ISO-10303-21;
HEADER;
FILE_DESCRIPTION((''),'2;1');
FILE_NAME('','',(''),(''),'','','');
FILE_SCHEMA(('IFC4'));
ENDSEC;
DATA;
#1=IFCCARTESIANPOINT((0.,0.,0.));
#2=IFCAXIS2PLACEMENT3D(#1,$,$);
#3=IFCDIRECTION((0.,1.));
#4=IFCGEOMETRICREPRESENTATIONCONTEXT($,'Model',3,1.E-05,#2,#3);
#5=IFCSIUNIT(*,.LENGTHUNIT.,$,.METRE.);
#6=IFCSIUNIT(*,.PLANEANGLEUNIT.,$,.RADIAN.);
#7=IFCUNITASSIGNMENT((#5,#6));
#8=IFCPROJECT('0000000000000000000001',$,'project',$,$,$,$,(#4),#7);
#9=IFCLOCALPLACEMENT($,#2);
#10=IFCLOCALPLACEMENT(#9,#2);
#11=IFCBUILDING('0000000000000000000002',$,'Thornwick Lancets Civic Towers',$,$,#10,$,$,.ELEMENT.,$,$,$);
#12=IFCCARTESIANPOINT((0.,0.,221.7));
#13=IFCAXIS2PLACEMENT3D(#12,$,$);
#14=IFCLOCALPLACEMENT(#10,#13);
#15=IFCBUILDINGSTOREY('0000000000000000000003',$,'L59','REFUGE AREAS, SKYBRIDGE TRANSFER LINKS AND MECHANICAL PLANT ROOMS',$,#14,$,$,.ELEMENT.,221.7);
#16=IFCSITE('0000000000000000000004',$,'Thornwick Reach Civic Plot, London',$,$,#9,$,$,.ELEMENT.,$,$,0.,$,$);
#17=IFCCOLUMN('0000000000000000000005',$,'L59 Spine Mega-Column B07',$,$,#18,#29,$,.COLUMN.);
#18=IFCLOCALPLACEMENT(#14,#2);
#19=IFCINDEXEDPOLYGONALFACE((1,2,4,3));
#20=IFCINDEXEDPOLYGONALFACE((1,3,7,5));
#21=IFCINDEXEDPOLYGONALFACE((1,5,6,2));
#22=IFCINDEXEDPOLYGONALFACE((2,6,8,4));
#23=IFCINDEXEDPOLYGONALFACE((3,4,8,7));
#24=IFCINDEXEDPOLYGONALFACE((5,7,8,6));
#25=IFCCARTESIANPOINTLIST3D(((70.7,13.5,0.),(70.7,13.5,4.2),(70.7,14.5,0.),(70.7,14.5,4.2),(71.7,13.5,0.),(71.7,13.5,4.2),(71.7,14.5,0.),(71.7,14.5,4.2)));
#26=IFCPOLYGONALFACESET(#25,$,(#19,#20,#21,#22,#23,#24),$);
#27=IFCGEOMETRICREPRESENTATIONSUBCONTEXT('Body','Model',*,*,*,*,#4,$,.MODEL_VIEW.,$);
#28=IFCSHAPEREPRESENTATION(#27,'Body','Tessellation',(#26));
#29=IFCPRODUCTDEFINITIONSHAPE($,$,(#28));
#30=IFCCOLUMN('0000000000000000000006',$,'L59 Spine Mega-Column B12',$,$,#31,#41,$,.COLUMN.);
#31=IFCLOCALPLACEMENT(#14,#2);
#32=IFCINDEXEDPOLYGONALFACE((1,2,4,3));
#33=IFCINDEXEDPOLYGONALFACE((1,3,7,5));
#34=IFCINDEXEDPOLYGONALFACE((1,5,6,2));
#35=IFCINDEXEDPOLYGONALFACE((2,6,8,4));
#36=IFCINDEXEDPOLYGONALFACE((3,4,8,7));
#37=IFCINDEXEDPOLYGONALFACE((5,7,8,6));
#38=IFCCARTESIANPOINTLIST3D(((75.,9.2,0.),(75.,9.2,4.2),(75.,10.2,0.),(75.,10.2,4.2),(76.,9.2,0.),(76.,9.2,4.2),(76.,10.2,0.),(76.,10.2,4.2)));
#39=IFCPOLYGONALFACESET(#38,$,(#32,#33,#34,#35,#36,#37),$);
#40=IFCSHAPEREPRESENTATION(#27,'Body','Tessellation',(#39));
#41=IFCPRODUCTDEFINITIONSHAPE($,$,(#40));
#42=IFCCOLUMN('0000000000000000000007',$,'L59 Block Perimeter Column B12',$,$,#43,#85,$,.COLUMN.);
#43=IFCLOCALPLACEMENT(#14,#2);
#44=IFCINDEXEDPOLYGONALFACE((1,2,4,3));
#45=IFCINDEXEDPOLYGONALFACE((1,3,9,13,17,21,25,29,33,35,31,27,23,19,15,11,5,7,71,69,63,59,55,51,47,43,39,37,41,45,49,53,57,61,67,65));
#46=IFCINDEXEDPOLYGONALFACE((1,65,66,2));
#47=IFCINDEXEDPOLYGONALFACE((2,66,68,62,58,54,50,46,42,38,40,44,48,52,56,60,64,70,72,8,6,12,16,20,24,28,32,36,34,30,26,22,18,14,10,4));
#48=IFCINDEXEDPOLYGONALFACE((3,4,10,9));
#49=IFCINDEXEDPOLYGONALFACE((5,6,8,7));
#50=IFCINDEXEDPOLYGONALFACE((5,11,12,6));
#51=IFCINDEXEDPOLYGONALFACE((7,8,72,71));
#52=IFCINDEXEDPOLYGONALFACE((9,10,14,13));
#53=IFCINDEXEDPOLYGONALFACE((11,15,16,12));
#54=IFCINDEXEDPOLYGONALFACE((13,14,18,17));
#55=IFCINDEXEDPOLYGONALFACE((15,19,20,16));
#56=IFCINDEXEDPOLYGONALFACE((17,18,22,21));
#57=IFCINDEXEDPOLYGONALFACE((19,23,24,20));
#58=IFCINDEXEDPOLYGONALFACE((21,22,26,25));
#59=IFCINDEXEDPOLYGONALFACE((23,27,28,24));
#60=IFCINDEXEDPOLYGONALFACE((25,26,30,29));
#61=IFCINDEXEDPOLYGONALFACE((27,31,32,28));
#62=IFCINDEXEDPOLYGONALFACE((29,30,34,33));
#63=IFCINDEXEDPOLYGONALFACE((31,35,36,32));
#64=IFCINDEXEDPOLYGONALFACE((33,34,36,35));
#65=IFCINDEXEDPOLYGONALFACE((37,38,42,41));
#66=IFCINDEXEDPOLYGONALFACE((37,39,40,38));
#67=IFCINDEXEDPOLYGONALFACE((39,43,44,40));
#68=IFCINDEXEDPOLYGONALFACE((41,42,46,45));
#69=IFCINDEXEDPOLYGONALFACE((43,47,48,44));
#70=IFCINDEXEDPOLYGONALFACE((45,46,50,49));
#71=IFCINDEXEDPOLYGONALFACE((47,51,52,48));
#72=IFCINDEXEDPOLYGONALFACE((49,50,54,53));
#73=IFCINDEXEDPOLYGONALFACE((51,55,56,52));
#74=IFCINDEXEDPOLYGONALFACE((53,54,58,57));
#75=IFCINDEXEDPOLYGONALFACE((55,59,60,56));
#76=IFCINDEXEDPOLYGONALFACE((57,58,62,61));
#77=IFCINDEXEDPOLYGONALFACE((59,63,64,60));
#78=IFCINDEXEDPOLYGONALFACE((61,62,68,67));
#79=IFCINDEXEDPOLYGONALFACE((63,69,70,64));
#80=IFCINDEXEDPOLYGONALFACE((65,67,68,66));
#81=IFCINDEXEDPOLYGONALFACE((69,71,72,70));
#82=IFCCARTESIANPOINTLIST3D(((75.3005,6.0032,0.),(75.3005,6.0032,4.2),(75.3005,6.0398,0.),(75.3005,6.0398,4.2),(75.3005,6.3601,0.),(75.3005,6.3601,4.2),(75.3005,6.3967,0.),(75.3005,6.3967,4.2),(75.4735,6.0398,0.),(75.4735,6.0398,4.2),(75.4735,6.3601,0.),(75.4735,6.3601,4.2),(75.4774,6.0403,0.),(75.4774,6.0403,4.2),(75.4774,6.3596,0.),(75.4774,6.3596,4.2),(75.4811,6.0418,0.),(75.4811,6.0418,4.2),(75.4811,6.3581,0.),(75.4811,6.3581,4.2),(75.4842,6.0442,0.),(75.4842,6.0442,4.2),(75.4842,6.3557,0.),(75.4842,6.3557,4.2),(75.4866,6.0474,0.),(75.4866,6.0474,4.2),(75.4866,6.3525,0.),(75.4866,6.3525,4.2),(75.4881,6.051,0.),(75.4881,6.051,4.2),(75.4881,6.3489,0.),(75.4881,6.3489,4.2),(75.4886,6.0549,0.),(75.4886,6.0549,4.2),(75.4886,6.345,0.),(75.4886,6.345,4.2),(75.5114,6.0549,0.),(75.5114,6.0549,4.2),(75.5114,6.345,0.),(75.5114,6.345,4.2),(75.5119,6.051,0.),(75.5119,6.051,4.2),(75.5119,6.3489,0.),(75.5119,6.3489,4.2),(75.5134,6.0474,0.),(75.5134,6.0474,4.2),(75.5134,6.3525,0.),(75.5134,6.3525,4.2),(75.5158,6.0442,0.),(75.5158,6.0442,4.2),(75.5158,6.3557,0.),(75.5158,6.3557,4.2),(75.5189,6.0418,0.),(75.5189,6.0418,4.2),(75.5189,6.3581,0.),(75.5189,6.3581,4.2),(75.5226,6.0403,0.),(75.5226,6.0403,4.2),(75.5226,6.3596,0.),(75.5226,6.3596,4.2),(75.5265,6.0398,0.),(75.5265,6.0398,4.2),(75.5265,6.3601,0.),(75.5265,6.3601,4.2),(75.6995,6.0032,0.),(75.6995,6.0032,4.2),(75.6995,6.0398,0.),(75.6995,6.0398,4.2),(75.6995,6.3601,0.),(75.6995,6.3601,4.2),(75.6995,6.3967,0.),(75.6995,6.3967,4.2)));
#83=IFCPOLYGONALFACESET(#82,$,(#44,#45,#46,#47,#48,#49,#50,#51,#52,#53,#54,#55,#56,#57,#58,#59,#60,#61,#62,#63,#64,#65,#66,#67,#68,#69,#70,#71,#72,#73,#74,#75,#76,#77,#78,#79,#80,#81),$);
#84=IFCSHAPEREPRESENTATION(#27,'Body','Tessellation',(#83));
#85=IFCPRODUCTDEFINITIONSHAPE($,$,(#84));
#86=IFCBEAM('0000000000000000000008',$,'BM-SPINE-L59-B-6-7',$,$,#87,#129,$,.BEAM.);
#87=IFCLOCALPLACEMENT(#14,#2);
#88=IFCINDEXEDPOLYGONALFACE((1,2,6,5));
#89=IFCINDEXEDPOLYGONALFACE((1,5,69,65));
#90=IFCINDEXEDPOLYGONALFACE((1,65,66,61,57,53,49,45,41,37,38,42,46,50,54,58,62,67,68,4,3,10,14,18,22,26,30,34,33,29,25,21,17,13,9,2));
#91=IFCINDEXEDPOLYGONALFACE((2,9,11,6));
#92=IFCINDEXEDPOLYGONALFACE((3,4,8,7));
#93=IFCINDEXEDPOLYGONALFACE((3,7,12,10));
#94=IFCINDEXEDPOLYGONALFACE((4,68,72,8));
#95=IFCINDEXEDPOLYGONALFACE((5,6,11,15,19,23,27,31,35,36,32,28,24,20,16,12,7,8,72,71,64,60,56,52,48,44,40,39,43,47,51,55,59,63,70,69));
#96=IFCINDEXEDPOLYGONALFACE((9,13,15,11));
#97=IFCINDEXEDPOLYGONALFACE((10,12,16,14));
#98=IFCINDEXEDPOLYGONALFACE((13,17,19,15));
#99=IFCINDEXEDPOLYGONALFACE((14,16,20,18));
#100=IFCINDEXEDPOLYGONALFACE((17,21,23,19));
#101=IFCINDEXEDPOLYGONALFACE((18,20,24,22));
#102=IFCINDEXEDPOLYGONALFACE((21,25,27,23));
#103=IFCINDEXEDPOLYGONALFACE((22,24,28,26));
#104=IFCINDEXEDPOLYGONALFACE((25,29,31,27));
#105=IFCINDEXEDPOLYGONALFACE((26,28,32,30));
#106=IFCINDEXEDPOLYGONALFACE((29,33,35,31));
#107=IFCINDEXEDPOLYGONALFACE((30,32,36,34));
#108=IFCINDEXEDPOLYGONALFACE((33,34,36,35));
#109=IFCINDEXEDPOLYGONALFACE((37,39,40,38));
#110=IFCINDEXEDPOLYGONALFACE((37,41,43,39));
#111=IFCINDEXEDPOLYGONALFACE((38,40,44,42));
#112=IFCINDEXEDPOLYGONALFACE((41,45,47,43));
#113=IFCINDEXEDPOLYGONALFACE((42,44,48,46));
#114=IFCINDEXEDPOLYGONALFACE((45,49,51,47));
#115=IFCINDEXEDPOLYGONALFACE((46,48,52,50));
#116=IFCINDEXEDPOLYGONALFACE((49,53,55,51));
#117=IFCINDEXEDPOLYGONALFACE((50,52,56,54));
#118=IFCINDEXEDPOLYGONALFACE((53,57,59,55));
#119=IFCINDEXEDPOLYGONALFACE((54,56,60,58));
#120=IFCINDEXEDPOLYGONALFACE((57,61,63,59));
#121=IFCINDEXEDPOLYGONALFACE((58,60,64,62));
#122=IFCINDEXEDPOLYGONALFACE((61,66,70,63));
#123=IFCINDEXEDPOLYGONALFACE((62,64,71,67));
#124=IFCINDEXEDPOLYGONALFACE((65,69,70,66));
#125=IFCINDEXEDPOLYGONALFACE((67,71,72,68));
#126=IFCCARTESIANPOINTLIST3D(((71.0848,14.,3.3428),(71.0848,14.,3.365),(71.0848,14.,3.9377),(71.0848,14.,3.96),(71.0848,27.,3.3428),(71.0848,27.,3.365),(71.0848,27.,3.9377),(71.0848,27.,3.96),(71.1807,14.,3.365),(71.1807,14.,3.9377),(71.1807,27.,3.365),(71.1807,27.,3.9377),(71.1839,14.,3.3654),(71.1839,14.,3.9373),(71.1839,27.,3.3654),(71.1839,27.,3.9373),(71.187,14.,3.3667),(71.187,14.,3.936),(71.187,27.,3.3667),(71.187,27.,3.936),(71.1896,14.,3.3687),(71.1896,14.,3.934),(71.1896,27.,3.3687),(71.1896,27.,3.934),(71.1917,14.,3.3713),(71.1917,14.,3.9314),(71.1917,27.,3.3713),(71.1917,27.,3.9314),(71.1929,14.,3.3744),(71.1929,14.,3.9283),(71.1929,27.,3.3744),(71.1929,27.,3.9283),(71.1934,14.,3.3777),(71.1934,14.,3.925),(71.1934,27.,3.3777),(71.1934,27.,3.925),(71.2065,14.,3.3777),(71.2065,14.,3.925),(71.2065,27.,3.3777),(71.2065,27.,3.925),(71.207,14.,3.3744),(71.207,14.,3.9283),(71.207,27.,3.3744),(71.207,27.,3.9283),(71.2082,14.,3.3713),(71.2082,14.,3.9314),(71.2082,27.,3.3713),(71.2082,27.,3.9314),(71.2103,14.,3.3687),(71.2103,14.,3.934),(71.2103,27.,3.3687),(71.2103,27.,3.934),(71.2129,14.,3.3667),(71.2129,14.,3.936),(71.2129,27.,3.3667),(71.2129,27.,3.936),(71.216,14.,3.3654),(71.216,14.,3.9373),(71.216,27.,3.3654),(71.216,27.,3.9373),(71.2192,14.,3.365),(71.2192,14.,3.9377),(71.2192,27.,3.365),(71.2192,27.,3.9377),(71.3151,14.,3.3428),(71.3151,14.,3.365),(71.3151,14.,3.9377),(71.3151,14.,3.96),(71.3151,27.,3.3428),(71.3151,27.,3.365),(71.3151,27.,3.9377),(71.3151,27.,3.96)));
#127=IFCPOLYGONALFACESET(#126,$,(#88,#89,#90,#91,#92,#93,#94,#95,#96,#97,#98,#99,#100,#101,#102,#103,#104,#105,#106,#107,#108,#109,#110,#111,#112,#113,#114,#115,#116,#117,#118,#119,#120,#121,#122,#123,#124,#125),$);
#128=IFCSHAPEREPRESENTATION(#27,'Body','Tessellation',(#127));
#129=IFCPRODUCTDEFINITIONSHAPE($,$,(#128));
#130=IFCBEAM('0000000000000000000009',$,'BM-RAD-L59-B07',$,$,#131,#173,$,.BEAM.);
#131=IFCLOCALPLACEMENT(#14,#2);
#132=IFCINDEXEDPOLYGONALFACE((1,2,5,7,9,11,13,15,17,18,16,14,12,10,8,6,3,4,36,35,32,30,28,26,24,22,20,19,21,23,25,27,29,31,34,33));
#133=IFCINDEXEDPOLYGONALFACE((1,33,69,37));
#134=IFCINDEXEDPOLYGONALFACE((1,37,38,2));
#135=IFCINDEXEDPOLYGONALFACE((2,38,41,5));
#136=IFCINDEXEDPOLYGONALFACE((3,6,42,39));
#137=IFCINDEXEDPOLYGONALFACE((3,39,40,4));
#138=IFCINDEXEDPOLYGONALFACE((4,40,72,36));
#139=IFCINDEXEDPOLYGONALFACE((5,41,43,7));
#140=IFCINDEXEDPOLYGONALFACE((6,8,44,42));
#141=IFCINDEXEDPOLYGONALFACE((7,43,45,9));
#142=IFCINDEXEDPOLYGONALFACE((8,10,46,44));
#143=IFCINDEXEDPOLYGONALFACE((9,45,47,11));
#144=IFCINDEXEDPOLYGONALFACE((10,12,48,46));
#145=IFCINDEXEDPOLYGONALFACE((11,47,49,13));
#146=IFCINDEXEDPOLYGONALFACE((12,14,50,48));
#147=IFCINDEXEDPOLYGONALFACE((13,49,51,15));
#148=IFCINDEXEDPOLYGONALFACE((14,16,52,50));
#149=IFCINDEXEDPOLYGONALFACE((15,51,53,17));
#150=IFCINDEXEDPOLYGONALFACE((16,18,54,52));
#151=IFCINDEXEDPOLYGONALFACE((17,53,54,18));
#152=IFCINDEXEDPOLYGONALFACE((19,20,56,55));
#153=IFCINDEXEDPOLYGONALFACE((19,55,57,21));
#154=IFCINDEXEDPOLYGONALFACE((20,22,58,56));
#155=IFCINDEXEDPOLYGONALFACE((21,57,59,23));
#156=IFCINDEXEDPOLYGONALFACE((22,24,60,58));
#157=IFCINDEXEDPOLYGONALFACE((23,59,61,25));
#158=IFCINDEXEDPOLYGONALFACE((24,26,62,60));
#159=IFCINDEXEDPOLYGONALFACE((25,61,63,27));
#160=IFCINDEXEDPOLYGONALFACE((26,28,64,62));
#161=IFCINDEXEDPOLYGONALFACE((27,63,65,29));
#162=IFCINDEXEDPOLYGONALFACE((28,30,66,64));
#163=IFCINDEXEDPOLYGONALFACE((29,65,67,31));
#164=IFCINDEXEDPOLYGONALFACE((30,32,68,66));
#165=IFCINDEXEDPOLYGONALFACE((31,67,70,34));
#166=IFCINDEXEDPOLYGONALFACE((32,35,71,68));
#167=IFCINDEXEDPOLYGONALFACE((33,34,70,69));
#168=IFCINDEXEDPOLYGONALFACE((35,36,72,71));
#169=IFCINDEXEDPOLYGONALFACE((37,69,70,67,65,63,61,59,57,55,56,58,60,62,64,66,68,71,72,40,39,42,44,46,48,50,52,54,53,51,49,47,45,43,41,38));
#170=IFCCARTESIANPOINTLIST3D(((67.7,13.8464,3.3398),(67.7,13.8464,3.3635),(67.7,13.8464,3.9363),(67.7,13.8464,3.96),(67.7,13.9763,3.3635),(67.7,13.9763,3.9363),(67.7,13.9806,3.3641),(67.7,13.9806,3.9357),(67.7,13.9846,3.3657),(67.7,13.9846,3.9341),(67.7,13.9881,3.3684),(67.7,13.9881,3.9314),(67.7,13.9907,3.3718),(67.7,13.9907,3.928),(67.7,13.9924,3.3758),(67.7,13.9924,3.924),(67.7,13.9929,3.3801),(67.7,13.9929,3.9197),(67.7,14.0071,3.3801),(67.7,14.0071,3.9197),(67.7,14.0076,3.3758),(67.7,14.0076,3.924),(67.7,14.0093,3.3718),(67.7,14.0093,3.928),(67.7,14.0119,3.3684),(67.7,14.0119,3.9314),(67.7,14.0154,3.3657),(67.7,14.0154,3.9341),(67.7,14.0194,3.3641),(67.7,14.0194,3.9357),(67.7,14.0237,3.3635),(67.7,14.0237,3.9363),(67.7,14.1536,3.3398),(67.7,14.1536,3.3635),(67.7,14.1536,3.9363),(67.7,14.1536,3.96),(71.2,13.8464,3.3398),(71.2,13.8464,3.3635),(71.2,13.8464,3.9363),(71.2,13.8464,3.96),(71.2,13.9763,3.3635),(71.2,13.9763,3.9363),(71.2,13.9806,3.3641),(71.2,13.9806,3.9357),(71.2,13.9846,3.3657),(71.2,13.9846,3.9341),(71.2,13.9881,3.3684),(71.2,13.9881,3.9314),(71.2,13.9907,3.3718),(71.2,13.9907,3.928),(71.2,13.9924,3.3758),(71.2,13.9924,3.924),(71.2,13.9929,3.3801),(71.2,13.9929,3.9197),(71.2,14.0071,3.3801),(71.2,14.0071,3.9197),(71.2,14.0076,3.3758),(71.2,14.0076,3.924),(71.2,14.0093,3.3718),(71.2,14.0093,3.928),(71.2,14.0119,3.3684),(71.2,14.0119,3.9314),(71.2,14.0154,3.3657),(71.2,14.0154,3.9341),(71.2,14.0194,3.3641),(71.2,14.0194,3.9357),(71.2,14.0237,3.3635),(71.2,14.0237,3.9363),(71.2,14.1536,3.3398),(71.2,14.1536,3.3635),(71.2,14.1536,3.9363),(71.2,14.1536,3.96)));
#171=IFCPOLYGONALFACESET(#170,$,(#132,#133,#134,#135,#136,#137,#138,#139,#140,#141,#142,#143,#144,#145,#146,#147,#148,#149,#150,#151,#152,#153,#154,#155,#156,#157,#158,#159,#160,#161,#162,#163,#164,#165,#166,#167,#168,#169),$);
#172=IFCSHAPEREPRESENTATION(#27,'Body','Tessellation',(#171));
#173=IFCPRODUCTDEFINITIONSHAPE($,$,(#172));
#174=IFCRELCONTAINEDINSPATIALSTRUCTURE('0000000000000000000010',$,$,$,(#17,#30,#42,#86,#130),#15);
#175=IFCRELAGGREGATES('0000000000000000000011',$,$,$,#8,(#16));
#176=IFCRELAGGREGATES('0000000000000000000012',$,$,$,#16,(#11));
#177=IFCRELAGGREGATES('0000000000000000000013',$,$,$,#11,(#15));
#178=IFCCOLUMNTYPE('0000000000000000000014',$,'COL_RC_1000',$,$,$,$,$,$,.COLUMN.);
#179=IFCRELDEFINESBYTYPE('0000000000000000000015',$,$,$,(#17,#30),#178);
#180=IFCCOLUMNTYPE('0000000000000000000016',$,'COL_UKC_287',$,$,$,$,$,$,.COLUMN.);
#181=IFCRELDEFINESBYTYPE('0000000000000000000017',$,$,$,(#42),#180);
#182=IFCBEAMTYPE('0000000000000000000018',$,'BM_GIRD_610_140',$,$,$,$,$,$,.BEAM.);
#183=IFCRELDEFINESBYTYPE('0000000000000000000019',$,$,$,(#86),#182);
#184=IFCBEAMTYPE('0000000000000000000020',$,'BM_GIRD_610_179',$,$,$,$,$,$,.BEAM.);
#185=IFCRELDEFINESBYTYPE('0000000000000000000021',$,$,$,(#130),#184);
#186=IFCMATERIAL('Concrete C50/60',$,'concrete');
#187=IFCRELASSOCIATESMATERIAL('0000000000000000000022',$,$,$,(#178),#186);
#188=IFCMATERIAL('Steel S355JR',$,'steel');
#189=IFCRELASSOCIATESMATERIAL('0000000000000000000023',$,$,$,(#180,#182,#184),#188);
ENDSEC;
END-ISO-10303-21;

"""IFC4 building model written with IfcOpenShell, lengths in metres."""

from ifc_helpers import new_model, si_unit, direction, frame, origin, origin_2d, place, context, subcontext, project, spatial, rectangle, i_section, extrude, material, material_profile, profile_set, type_object, element, save


model = new_model("IFC4")

# Units and contexts
model_context = context("Model", 3, precision=1e-05, world=origin(), true_north=direction((0.0, 1.0)))
body_context = subcontext(model_context, "Body", "Model", "MODEL_VIEW")
ifc_project = project(units=[si_unit("LENGTHUNIT", "METRE"), si_unit("PLANEANGLEUNIT", "RADIAN")], contexts=[model_context])

# Site, building, storey
site_placement = place(None, origin())
site = spatial("IfcSite", under=ifc_project, at=site_placement, Name="Thornwick Reach Civic Plot, London", CompositionType="ELEMENT", RefElevation=0.0)
building_placement = place(site_placement, origin())
building = spatial("IfcBuilding", under=site, at=building_placement, Name="Thornwick Lancets Civic Towers", CompositionType="ELEMENT")
storey_placement = place(building_placement, frame((0.0, 0.0, 221.7)))
storey = spatial("IfcBuildingStorey", under=building, at=storey_placement, Name="L59", Description="REFUGE AREAS, SKYBRIDGE TRANSFER LINKS AND MECHANICAL PLANT ROOMS", CompositionType="ELEMENT", Elevation=221.7)

# Columns
ifc_material_1 = material(Name="Concrete C50/60", Category="concrete")
ifc_material_profile_1 = material_profile(ifc_material_1, rectangle(XDim=1.0, YDim=1.0, at=origin_2d()), Name="RC 1000x1000")
ifc_profile_set_1 = profile_set([ifc_material_profile_1], Name="Concrete C50/60")
column_type_1 = type_object("IfcColumnType", Name="COL_RC_1000", PredefinedType="COLUMN", material=ifc_profile_set_1)
for number, where, z_axis, x_axis, name in (
    (1, (71.2, 14.0, 0.0), (0.0, 0.0, 1.0), (1.0, 0.0, 0.0), "L59 Spine Mega-Column B07"),
    (2, (75.5, 9.7, 0.0), (0.0, 0.0, 1.0), (1.0, 0.0, 0.0), "L59 Spine Mega-Column B12"),
):
    element("IfcColumn", number, at=place(storey_placement, frame(where, z_axis=z_axis, x_axis=x_axis)), inside=storey, type_object=column_type_1, Name=name, PredefinedType="COLUMN", context=body_context, shape_type="SweptSolid", body=[
        extrude(rectangle(XDim=1.0, YDim=1.0, at=origin_2d()), origin(), (0.0, 0.0, 1.0), 4.2),
    ])
ifc_material_2 = material(Name="Steel S355JR", Category="steel")
ifc_material_profile_2 = material_profile(ifc_material_2, i_section(OverallWidth=0.3989, OverallDepth=0.3936, WebThickness=0.0227, FlangeThickness=0.0366, FilletRadius=0.0151, at=origin_2d()), Name="UKC 356x406x287")
ifc_profile_set_2 = profile_set([ifc_material_profile_2], Name="Steel S355JR")
column_type_2 = type_object("IfcColumnType", Name="COL_UKC_287", PredefinedType="COLUMN", material=ifc_profile_set_2)
column_placement = place(storey_placement, frame((75.5, 6.2, 0.0), z_axis=(0.0, 0.0, 1.0), x_axis=(1.0, 0.0, 0.0)))
element("IfcColumn", 3, at=column_placement, inside=storey, type_object=column_type_2, Name="L59 Block Perimeter Column B12", PredefinedType="COLUMN", context=body_context, shape_type="SweptSolid", body=[
    extrude(i_section(OverallWidth=0.3989, OverallDepth=0.3936, WebThickness=0.0227, FlangeThickness=0.0366, FilletRadius=0.0151, at=origin_2d()), origin(), (0.0, 0.0, 1.0), 4.2),
])

# Beams
ifc_material_profile_3 = material_profile(ifc_material_2, i_section(OverallWidth=0.2302, OverallDepth=0.6172, WebThickness=0.0132, FlangeThickness=0.0222, FilletRadius=0.0127, at=origin_2d()), Name="UKB 610x229x140")
ifc_profile_set_3 = profile_set([ifc_material_profile_3], Name="Steel S355JR")
beam_type_1 = type_object("IfcBeamType", Name="BM_GIRD_610_140", PredefinedType="BEAM", material=ifc_profile_set_3)
beam_1_placement = place(storey_placement, frame((71.2, 14.0, 3.6514), z_axis=(0.0, 1.0, 0.0), x_axis=(-1.0, 0.0, 0.0)))
element("IfcBeam", 4, at=beam_1_placement, inside=storey, type_object=beam_type_1, Name="BM-SPINE-L59-B-6-7", PredefinedType="BEAM", context=body_context, shape_type="SweptSolid", body=[
    extrude(i_section(OverallWidth=0.2302, OverallDepth=0.6172, WebThickness=0.0132, FlangeThickness=0.0222, FilletRadius=0.0127, at=origin_2d()), origin(), (0.0, 0.0, 1.0), 13.0),
])
ifc_material_profile_4 = material_profile(ifc_material_2, i_section(OverallWidth=0.3071, OverallDepth=0.6201, WebThickness=0.0142, FlangeThickness=0.0237, FilletRadius=0.0166, at=origin_2d()), Name="UKB 610x305x179")
ifc_profile_set_4 = profile_set([ifc_material_profile_4], Name="Steel S355JR")
beam_type_2 = type_object("IfcBeamType", Name="BM_GIRD_610_179", PredefinedType="BEAM", material=ifc_profile_set_4)
for number, where, z_axis, x_axis, name in (
    (5, (71.2, 14.0, 3.6499), (-1.0, 0.0, 0.0), (0.0, -1.0, 0.0), "BM-RAD-L59-B07"),
):
    element("IfcBeam", number, at=place(storey_placement, frame(where, z_axis=z_axis, x_axis=x_axis)), inside=storey, type_object=beam_type_2, Name=name, PredefinedType="BEAM", context=body_context, shape_type="SweptSolid", body=[
        extrude(i_section(OverallWidth=0.3071, OverallDepth=0.6201, WebThickness=0.0142, FlangeThickness=0.0237, FilletRadius=0.0166, at=origin_2d()), origin(), (0.0, 0.0, 1.0), 3.5),
    ])

save(model, "model.ifc")
